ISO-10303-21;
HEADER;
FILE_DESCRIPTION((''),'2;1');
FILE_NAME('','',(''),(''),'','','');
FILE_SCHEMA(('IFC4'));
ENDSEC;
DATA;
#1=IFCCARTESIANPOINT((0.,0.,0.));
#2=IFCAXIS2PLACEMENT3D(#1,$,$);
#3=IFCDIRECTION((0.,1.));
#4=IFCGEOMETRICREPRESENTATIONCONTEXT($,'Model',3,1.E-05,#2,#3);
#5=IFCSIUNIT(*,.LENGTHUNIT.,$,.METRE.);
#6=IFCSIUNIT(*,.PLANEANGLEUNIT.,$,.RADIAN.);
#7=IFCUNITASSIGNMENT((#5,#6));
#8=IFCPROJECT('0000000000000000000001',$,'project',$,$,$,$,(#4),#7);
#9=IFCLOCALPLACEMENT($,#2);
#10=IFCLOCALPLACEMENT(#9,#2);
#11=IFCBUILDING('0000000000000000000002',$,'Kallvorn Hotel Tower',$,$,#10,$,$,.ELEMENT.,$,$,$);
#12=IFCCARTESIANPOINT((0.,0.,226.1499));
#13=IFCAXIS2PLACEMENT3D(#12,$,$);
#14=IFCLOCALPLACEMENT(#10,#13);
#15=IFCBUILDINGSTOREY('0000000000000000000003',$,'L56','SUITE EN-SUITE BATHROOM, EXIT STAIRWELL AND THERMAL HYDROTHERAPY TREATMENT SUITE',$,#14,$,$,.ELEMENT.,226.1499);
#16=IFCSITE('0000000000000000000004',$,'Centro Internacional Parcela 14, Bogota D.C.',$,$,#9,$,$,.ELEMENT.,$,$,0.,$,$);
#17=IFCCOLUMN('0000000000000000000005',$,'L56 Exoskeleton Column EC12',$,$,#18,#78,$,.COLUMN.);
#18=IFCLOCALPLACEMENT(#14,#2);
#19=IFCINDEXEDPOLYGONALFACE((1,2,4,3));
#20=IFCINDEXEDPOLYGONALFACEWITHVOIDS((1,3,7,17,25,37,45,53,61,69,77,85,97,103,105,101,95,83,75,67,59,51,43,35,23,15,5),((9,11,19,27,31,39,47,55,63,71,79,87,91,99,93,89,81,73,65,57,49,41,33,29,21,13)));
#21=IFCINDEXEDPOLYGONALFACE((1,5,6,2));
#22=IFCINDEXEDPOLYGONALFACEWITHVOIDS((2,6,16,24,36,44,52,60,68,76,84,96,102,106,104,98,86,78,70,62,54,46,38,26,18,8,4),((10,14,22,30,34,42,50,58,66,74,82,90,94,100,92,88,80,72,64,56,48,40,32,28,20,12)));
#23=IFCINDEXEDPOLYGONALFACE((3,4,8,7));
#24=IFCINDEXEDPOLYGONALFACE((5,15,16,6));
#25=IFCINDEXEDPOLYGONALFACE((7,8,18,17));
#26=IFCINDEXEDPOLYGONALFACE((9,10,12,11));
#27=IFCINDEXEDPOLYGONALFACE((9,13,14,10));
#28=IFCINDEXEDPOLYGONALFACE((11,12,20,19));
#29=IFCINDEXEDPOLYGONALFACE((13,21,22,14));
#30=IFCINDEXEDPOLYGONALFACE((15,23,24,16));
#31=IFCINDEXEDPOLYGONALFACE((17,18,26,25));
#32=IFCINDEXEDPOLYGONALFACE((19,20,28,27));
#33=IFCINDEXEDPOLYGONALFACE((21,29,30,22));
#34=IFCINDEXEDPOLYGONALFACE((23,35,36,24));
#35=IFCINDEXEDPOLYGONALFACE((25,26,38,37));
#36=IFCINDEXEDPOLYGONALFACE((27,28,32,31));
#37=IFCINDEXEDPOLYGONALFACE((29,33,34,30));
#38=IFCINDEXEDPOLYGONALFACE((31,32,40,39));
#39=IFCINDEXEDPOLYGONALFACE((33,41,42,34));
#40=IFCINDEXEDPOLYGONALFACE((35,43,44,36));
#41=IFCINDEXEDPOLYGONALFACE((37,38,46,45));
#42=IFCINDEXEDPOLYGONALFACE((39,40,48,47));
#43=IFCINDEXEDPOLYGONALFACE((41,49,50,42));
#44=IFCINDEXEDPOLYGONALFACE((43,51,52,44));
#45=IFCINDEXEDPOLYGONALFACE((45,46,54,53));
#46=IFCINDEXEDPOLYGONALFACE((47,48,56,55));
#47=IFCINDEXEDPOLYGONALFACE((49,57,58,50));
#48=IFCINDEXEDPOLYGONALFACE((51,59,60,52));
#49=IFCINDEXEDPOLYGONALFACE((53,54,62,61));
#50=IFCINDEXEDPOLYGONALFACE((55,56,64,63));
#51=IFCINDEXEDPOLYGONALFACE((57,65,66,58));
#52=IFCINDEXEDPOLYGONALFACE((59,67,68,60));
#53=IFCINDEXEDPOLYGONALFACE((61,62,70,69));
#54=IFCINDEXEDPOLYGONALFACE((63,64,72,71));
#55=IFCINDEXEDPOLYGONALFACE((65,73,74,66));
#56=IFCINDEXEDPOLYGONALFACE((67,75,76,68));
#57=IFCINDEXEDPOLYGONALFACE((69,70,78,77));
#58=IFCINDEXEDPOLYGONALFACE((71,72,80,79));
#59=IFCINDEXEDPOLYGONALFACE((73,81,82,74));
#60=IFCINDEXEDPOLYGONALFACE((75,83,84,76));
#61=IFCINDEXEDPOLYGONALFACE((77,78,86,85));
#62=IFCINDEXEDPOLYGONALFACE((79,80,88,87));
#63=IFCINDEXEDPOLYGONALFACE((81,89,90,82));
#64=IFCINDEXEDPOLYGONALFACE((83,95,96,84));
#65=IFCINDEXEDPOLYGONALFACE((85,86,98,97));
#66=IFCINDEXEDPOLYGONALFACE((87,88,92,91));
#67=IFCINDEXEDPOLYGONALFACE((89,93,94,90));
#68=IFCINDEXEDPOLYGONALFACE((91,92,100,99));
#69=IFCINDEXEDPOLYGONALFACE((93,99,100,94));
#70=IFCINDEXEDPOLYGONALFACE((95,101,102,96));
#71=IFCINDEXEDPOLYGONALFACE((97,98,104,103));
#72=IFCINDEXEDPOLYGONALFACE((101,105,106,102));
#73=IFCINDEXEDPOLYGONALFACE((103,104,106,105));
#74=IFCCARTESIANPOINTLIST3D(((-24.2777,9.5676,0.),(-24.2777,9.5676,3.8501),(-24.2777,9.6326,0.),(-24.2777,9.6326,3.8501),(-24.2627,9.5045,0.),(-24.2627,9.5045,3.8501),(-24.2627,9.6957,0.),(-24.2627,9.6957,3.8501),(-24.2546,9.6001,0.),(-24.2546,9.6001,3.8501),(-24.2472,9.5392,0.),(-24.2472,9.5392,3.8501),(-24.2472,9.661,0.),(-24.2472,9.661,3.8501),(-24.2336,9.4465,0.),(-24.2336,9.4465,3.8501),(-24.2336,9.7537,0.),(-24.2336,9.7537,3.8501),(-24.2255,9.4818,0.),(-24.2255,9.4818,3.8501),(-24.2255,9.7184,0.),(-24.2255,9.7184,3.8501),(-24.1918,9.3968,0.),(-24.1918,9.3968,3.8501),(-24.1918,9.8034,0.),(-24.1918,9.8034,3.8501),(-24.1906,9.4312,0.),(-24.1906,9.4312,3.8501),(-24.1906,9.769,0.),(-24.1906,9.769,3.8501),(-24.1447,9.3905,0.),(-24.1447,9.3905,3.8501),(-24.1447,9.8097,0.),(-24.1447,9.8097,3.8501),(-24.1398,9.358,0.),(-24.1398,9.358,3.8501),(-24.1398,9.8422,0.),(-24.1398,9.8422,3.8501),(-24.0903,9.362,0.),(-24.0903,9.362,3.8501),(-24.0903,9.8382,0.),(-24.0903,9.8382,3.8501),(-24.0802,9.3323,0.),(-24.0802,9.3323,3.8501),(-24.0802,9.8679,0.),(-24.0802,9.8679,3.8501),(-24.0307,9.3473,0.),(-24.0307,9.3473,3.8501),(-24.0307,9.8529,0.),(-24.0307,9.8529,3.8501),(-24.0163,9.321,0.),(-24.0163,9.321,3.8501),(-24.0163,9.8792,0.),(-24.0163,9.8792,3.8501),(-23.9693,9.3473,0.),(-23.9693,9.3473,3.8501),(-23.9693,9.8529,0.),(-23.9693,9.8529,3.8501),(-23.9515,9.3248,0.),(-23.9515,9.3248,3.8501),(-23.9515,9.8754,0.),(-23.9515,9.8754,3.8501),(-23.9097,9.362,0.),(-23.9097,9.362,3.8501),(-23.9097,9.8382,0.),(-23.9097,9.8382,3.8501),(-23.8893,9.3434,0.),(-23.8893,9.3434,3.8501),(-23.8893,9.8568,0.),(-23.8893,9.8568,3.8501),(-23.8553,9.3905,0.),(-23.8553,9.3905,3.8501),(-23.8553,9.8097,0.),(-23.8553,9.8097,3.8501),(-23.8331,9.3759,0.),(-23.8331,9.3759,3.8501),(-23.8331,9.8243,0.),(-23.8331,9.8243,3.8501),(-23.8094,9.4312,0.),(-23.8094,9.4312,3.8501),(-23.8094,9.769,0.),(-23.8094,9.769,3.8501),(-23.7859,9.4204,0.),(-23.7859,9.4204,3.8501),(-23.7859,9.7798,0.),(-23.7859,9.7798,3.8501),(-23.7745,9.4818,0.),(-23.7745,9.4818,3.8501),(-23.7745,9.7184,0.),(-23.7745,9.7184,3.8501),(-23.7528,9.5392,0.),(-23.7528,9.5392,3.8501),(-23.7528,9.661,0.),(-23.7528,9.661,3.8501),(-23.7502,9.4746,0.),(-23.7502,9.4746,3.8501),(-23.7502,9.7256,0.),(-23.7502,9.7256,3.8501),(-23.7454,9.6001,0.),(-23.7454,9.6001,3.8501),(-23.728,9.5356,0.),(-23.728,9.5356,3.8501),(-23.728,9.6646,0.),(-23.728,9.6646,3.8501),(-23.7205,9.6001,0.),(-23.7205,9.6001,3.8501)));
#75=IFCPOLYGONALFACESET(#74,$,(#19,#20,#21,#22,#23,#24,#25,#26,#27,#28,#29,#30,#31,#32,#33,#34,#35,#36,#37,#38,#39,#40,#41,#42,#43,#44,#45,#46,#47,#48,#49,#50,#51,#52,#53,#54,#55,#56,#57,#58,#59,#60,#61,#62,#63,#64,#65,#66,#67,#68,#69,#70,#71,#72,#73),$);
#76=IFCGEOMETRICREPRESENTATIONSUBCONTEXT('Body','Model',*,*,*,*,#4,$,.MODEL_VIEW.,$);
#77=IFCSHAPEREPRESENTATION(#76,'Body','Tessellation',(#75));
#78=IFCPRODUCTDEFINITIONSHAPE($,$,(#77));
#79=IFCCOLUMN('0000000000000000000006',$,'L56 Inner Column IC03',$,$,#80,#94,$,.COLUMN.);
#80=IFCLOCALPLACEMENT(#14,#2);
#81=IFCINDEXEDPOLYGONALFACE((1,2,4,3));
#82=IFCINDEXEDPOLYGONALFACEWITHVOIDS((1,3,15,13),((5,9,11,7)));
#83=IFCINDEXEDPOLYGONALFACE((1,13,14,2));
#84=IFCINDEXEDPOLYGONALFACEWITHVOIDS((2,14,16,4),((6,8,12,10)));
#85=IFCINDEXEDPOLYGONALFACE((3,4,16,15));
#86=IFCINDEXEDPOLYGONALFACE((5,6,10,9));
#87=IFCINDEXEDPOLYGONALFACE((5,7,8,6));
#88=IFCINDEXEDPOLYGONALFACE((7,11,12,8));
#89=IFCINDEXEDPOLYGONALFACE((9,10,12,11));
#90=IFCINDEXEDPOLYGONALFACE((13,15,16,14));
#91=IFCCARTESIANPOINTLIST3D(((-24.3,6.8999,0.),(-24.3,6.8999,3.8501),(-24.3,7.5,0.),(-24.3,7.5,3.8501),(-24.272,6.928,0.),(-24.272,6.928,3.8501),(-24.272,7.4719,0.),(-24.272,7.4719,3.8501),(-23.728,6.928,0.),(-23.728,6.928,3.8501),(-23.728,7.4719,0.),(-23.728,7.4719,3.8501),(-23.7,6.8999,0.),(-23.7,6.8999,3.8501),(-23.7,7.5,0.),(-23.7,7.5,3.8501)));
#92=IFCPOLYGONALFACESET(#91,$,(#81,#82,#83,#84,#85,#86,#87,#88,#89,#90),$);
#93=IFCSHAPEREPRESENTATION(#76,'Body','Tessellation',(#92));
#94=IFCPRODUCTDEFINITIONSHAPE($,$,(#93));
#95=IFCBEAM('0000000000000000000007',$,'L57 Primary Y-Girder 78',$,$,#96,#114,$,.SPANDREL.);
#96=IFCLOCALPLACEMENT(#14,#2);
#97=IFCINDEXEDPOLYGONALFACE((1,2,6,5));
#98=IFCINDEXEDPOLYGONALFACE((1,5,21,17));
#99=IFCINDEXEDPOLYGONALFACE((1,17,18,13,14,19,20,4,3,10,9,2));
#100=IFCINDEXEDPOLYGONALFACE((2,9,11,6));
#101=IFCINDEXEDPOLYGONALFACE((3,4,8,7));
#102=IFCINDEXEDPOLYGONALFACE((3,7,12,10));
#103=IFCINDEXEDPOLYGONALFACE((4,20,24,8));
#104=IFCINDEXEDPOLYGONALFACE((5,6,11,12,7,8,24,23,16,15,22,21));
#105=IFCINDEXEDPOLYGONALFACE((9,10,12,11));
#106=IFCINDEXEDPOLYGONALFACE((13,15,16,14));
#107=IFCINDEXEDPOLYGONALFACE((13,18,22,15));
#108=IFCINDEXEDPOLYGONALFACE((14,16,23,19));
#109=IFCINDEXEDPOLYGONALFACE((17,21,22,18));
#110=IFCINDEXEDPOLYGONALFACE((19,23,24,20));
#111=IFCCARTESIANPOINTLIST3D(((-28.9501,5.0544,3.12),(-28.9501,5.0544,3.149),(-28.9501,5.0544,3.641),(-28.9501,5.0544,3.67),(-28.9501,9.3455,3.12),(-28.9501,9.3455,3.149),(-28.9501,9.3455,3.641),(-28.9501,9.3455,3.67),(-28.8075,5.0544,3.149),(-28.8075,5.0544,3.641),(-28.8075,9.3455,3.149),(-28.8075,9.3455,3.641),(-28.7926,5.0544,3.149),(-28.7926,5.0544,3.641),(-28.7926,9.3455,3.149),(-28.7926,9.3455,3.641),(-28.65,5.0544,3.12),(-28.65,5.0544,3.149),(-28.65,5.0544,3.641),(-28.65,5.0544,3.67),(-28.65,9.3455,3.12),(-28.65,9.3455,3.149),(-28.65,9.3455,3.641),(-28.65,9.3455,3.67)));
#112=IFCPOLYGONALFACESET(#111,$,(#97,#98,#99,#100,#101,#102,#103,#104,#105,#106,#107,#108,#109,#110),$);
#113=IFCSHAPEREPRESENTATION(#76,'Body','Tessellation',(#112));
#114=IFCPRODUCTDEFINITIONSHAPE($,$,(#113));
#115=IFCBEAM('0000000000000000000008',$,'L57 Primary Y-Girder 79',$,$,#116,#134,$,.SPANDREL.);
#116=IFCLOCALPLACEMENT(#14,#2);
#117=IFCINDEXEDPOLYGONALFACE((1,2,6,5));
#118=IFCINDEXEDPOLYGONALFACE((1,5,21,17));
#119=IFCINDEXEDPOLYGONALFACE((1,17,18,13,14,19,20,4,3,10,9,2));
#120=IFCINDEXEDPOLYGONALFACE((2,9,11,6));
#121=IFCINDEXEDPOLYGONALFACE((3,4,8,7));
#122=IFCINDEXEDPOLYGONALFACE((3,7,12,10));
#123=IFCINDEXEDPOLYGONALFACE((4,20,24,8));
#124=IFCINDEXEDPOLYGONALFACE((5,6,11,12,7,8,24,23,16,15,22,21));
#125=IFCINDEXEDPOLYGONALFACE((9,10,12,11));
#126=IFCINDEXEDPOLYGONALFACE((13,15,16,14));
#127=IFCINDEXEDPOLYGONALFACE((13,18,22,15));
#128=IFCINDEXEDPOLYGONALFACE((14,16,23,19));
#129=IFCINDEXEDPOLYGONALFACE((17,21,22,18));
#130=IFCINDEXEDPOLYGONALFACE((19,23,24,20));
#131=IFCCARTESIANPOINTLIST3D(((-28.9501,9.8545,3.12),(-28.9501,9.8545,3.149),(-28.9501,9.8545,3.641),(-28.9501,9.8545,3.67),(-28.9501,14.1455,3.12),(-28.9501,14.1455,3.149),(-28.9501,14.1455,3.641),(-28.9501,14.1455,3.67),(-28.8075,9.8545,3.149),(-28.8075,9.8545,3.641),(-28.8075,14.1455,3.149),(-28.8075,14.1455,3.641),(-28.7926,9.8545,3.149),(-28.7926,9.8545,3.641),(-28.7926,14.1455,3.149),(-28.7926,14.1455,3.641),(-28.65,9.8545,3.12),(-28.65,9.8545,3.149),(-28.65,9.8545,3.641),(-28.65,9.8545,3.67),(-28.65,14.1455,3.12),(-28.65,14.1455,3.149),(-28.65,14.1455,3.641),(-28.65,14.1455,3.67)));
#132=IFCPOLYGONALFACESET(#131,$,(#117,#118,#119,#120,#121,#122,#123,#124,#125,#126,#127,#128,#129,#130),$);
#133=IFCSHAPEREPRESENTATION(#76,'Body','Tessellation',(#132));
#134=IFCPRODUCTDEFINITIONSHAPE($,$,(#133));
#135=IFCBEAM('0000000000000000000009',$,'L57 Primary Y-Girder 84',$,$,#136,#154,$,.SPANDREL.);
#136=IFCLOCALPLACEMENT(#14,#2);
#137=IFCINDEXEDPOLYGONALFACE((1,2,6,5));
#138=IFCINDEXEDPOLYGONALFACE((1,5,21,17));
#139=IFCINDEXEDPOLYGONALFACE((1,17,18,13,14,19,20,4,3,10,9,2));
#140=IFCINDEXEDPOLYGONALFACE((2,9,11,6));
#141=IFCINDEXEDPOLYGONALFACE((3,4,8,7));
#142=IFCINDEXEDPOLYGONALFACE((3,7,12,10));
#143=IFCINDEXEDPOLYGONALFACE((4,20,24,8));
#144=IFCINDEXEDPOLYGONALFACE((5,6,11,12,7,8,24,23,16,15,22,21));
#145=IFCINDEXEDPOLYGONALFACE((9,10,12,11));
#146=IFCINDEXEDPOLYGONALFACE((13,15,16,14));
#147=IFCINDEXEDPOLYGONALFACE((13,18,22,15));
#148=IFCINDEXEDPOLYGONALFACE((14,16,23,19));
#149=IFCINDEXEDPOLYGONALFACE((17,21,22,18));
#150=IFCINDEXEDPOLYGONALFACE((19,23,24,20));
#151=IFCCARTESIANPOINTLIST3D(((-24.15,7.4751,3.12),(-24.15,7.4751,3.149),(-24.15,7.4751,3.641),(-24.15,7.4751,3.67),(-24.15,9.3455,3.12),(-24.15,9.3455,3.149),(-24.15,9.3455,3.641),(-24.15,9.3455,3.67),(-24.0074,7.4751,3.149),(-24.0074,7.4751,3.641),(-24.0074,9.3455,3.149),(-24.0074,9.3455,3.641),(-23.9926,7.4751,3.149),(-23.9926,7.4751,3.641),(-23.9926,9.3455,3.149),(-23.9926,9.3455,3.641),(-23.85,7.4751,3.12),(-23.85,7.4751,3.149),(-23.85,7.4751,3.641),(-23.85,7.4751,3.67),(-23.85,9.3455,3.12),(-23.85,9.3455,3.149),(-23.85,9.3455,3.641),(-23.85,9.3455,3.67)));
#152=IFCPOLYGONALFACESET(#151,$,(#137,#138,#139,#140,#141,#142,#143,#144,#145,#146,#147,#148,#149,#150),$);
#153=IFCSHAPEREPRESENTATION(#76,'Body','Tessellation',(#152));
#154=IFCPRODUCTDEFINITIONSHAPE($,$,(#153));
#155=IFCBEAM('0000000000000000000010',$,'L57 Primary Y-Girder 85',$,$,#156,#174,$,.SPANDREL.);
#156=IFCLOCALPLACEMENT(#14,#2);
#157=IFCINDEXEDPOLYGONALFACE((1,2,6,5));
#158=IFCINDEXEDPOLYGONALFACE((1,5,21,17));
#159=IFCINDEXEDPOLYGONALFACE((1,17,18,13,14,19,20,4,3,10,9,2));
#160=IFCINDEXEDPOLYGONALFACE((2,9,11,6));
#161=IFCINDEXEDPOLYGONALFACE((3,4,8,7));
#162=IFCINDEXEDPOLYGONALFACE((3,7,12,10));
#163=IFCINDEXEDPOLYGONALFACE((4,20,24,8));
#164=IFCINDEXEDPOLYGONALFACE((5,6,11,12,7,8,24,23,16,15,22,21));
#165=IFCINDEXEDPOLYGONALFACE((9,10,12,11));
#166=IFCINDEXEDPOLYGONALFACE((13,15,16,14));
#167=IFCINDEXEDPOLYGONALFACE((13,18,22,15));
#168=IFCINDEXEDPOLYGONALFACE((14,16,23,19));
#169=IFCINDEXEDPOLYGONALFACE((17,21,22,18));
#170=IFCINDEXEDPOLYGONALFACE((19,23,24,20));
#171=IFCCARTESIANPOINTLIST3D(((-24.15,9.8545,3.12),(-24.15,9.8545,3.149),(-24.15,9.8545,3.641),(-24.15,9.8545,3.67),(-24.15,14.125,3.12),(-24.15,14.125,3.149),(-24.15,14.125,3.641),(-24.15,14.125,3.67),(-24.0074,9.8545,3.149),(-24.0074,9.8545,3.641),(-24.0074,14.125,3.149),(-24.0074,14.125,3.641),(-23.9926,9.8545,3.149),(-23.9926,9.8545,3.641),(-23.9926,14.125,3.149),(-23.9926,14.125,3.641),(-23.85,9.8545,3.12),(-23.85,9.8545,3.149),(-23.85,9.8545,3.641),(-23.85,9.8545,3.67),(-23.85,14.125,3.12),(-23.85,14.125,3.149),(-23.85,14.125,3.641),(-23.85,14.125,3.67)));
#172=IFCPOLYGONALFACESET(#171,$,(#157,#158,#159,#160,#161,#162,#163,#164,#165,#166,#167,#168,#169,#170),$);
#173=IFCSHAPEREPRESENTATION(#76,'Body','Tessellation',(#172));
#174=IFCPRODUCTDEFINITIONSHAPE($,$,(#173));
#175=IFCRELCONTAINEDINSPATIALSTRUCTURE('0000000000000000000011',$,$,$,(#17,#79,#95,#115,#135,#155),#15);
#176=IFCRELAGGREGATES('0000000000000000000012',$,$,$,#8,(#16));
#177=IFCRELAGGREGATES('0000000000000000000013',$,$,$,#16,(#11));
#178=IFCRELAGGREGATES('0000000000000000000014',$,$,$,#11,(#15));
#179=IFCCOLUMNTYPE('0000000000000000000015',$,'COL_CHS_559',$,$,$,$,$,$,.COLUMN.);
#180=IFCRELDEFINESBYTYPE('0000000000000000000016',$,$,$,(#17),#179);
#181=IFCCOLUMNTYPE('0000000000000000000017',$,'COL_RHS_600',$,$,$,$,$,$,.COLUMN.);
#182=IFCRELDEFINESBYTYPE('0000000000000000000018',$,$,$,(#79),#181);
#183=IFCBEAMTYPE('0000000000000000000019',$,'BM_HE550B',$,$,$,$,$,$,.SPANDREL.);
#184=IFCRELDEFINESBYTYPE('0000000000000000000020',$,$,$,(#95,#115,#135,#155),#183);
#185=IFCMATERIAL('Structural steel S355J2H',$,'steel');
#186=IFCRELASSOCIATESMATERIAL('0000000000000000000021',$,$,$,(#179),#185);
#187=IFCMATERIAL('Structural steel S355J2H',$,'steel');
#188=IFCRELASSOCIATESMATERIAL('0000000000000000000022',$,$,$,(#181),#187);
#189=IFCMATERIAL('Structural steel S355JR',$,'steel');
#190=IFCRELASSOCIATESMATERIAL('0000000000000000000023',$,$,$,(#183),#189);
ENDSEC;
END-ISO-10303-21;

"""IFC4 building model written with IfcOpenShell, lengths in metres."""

from ifc_helpers import new_model, si_unit, direction, frame, origin, origin_2d, place, context, subcontext, project, spatial, hollow_rectangle, hollow_circle, i_section, extrude, material, material_profile, profile_set, type_object, element, save


model = new_model("IFC4")

# Units and contexts
model_context = context("Model", 3, precision=1e-05, world=origin(), true_north=direction((0.0, 1.0)))
body_context = subcontext(model_context, "Body", "Model", "MODEL_VIEW")
ifc_project = project(units=[si_unit("LENGTHUNIT", "METRE"), si_unit("PLANEANGLEUNIT", "RADIAN")], contexts=[model_context])

# Site, building, storey
site_placement = place(None, origin())
site = spatial("IfcSite", under=ifc_project, at=site_placement, Name="Centro Internacional Parcela 14, Bogota D.C.", CompositionType="ELEMENT", RefElevation=0.0)
building_placement = place(site_placement, origin())
building = spatial("IfcBuilding", under=site, at=building_placement, Name="Kallvorn Hotel Tower", CompositionType="ELEMENT")
storey_placement = place(building_placement, frame((0.0, 0.0, 226.1499)))
storey = spatial("IfcBuildingStorey", under=building, at=storey_placement, Name="L56", Description="SUITE EN-SUITE BATHROOM, EXIT STAIRWELL AND THERMAL HYDROTHERAPY TREATMENT SUITE", CompositionType="ELEMENT", Elevation=226.1499)

# Columns
ifc_material_1 = material(Name="Structural steel S355J2H", Category="steel")
ifc_material_profile_1 = material_profile(ifc_material_1, hollow_circle(Radius=0.2795, WallThickness=0.0249, at=origin_2d()), Name="CHS 559x25")
ifc_profile_set_1 = profile_set([ifc_material_profile_1], Name="Structural steel S355J2H")
column_type_1 = type_object("IfcColumnType", Name="COL_CHS_559", PredefinedType="COLUMN", material=ifc_profile_set_1)
for number, where, z_axis, x_axis, name in (
    (1, (-24.0, 9.6001, 0.0), (0.0, 0.0, 1.0), (1.0, 0.0, 0.0), "L56 Exoskeleton Column EC12"),
):
    element("IfcColumn", number, at=place(storey_placement, frame(where, z_axis=z_axis, x_axis=x_axis)), inside=storey, type_object=column_type_1, Name=name, PredefinedType="COLUMN", context=body_context, shape_type="SweptSolid", body=[
        extrude(hollow_circle(Radius=0.2795, WallThickness=0.0249, at=origin_2d()), origin(), (0.0, 0.0, 1.0), 3.8501),
    ])
ifc_material_2 = material(Name="Structural steel S355J2H", Category="steel")
ifc_material_profile_2 = material_profile(ifc_material_2, hollow_rectangle(XDim=0.6001, YDim=0.6001, WallThickness=0.0281, at=origin_2d()), Name="RHS 600x600x28")
ifc_profile_set_2 = profile_set([ifc_material_profile_2], Name="Structural steel S355J2H")
column_type_2 = type_object("IfcColumnType", Name="COL_RHS_600", PredefinedType="COLUMN", material=ifc_profile_set_2)
column_placement = place(storey_placement, frame((-24.0, 7.2, 0.0), z_axis=(0.0, 0.0, 1.0), x_axis=(1.0, 0.0, 0.0)))
element("IfcColumn", 2, at=column_placement, inside=storey, type_object=column_type_2, Name="L56 Inner Column IC03", PredefinedType="COLUMN", context=body_context, shape_type="SweptSolid", body=[
    extrude(hollow_rectangle(XDim=0.6001, YDim=0.6001, WallThickness=0.0281, at=origin_2d()), origin(), (0.0, 0.0, 1.0), 3.8501),
])

# Beams
ifc_material_3 = material(Name="Structural steel S355JR", Category="steel")
ifc_material_profile_3 = material_profile(ifc_material_3, i_section(OverallWidth=0.3, OverallDepth=0.55, WebThickness=0.0149, FlangeThickness=0.0291, at=origin_2d()), Name="HE 550 B")
ifc_profile_set_3 = profile_set([ifc_material_profile_3], Name="Structural steel S355JR")
beam_type_1 = type_object("IfcBeamType", Name="BM_HE550B", PredefinedType="SPANDREL", material=ifc_profile_set_3)
for number, where, z_axis, x_axis, name in (
    (3, (-28.8, 5.0544, 3.395), (0.0, 1.0, 0.0), (-1.0, 0.0, 0.0), "L57 Primary Y-Girder 78"),
    (4, (-28.8, 9.8545, 3.395), (0.0, 1.0, 0.0), (-1.0, 0.0, 0.0), "L57 Primary Y-Girder 79"),
):
    element("IfcBeam", number, at=place(storey_placement, frame(where, z_axis=z_axis, x_axis=x_axis)), inside=storey, type_object=beam_type_1, Name=name, PredefinedType="SPANDREL", context=body_context, shape_type="SweptSolid", body=[
        extrude(i_section(OverallWidth=0.3, OverallDepth=0.55, WebThickness=0.0149, FlangeThickness=0.0291, at=origin_2d()), origin(), (0.0, 0.0, 1.0), 4.291),
    ])
beam_1_placement = place(storey_placement, frame((-24.0, 7.4751, 3.395), z_axis=(0.0, 1.0, 0.0), x_axis=(-1.0, 0.0, 0.0)))
element("IfcBeam", 5, at=beam_1_placement, inside=storey, type_object=beam_type_1, Name="L57 Primary Y-Girder 84", PredefinedType="SPANDREL", context=body_context, shape_type="SweptSolid", body=[
    extrude(i_section(OverallWidth=0.3, OverallDepth=0.55, WebThickness=0.0149, FlangeThickness=0.0291, at=origin_2d()), origin(), (0.0, 0.0, 1.0), 1.8704),
])
beam_2_placement = place(storey_placement, frame((-24.0, 9.8545, 3.395), z_axis=(0.0, 1.0, 0.0), x_axis=(-1.0, 0.0, 0.0)))
element("IfcBeam", 6, at=beam_2_placement, inside=storey, type_object=beam_type_1, Name="L57 Primary Y-Girder 85", PredefinedType="SPANDREL", context=body_context, shape_type="SweptSolid", body=[
    extrude(i_section(OverallWidth=0.3, OverallDepth=0.55, WebThickness=0.0149, FlangeThickness=0.0291, at=origin_2d()), origin(), (0.0, 0.0, 1.0), 4.2705),
])

save(model, "model.ifc")
